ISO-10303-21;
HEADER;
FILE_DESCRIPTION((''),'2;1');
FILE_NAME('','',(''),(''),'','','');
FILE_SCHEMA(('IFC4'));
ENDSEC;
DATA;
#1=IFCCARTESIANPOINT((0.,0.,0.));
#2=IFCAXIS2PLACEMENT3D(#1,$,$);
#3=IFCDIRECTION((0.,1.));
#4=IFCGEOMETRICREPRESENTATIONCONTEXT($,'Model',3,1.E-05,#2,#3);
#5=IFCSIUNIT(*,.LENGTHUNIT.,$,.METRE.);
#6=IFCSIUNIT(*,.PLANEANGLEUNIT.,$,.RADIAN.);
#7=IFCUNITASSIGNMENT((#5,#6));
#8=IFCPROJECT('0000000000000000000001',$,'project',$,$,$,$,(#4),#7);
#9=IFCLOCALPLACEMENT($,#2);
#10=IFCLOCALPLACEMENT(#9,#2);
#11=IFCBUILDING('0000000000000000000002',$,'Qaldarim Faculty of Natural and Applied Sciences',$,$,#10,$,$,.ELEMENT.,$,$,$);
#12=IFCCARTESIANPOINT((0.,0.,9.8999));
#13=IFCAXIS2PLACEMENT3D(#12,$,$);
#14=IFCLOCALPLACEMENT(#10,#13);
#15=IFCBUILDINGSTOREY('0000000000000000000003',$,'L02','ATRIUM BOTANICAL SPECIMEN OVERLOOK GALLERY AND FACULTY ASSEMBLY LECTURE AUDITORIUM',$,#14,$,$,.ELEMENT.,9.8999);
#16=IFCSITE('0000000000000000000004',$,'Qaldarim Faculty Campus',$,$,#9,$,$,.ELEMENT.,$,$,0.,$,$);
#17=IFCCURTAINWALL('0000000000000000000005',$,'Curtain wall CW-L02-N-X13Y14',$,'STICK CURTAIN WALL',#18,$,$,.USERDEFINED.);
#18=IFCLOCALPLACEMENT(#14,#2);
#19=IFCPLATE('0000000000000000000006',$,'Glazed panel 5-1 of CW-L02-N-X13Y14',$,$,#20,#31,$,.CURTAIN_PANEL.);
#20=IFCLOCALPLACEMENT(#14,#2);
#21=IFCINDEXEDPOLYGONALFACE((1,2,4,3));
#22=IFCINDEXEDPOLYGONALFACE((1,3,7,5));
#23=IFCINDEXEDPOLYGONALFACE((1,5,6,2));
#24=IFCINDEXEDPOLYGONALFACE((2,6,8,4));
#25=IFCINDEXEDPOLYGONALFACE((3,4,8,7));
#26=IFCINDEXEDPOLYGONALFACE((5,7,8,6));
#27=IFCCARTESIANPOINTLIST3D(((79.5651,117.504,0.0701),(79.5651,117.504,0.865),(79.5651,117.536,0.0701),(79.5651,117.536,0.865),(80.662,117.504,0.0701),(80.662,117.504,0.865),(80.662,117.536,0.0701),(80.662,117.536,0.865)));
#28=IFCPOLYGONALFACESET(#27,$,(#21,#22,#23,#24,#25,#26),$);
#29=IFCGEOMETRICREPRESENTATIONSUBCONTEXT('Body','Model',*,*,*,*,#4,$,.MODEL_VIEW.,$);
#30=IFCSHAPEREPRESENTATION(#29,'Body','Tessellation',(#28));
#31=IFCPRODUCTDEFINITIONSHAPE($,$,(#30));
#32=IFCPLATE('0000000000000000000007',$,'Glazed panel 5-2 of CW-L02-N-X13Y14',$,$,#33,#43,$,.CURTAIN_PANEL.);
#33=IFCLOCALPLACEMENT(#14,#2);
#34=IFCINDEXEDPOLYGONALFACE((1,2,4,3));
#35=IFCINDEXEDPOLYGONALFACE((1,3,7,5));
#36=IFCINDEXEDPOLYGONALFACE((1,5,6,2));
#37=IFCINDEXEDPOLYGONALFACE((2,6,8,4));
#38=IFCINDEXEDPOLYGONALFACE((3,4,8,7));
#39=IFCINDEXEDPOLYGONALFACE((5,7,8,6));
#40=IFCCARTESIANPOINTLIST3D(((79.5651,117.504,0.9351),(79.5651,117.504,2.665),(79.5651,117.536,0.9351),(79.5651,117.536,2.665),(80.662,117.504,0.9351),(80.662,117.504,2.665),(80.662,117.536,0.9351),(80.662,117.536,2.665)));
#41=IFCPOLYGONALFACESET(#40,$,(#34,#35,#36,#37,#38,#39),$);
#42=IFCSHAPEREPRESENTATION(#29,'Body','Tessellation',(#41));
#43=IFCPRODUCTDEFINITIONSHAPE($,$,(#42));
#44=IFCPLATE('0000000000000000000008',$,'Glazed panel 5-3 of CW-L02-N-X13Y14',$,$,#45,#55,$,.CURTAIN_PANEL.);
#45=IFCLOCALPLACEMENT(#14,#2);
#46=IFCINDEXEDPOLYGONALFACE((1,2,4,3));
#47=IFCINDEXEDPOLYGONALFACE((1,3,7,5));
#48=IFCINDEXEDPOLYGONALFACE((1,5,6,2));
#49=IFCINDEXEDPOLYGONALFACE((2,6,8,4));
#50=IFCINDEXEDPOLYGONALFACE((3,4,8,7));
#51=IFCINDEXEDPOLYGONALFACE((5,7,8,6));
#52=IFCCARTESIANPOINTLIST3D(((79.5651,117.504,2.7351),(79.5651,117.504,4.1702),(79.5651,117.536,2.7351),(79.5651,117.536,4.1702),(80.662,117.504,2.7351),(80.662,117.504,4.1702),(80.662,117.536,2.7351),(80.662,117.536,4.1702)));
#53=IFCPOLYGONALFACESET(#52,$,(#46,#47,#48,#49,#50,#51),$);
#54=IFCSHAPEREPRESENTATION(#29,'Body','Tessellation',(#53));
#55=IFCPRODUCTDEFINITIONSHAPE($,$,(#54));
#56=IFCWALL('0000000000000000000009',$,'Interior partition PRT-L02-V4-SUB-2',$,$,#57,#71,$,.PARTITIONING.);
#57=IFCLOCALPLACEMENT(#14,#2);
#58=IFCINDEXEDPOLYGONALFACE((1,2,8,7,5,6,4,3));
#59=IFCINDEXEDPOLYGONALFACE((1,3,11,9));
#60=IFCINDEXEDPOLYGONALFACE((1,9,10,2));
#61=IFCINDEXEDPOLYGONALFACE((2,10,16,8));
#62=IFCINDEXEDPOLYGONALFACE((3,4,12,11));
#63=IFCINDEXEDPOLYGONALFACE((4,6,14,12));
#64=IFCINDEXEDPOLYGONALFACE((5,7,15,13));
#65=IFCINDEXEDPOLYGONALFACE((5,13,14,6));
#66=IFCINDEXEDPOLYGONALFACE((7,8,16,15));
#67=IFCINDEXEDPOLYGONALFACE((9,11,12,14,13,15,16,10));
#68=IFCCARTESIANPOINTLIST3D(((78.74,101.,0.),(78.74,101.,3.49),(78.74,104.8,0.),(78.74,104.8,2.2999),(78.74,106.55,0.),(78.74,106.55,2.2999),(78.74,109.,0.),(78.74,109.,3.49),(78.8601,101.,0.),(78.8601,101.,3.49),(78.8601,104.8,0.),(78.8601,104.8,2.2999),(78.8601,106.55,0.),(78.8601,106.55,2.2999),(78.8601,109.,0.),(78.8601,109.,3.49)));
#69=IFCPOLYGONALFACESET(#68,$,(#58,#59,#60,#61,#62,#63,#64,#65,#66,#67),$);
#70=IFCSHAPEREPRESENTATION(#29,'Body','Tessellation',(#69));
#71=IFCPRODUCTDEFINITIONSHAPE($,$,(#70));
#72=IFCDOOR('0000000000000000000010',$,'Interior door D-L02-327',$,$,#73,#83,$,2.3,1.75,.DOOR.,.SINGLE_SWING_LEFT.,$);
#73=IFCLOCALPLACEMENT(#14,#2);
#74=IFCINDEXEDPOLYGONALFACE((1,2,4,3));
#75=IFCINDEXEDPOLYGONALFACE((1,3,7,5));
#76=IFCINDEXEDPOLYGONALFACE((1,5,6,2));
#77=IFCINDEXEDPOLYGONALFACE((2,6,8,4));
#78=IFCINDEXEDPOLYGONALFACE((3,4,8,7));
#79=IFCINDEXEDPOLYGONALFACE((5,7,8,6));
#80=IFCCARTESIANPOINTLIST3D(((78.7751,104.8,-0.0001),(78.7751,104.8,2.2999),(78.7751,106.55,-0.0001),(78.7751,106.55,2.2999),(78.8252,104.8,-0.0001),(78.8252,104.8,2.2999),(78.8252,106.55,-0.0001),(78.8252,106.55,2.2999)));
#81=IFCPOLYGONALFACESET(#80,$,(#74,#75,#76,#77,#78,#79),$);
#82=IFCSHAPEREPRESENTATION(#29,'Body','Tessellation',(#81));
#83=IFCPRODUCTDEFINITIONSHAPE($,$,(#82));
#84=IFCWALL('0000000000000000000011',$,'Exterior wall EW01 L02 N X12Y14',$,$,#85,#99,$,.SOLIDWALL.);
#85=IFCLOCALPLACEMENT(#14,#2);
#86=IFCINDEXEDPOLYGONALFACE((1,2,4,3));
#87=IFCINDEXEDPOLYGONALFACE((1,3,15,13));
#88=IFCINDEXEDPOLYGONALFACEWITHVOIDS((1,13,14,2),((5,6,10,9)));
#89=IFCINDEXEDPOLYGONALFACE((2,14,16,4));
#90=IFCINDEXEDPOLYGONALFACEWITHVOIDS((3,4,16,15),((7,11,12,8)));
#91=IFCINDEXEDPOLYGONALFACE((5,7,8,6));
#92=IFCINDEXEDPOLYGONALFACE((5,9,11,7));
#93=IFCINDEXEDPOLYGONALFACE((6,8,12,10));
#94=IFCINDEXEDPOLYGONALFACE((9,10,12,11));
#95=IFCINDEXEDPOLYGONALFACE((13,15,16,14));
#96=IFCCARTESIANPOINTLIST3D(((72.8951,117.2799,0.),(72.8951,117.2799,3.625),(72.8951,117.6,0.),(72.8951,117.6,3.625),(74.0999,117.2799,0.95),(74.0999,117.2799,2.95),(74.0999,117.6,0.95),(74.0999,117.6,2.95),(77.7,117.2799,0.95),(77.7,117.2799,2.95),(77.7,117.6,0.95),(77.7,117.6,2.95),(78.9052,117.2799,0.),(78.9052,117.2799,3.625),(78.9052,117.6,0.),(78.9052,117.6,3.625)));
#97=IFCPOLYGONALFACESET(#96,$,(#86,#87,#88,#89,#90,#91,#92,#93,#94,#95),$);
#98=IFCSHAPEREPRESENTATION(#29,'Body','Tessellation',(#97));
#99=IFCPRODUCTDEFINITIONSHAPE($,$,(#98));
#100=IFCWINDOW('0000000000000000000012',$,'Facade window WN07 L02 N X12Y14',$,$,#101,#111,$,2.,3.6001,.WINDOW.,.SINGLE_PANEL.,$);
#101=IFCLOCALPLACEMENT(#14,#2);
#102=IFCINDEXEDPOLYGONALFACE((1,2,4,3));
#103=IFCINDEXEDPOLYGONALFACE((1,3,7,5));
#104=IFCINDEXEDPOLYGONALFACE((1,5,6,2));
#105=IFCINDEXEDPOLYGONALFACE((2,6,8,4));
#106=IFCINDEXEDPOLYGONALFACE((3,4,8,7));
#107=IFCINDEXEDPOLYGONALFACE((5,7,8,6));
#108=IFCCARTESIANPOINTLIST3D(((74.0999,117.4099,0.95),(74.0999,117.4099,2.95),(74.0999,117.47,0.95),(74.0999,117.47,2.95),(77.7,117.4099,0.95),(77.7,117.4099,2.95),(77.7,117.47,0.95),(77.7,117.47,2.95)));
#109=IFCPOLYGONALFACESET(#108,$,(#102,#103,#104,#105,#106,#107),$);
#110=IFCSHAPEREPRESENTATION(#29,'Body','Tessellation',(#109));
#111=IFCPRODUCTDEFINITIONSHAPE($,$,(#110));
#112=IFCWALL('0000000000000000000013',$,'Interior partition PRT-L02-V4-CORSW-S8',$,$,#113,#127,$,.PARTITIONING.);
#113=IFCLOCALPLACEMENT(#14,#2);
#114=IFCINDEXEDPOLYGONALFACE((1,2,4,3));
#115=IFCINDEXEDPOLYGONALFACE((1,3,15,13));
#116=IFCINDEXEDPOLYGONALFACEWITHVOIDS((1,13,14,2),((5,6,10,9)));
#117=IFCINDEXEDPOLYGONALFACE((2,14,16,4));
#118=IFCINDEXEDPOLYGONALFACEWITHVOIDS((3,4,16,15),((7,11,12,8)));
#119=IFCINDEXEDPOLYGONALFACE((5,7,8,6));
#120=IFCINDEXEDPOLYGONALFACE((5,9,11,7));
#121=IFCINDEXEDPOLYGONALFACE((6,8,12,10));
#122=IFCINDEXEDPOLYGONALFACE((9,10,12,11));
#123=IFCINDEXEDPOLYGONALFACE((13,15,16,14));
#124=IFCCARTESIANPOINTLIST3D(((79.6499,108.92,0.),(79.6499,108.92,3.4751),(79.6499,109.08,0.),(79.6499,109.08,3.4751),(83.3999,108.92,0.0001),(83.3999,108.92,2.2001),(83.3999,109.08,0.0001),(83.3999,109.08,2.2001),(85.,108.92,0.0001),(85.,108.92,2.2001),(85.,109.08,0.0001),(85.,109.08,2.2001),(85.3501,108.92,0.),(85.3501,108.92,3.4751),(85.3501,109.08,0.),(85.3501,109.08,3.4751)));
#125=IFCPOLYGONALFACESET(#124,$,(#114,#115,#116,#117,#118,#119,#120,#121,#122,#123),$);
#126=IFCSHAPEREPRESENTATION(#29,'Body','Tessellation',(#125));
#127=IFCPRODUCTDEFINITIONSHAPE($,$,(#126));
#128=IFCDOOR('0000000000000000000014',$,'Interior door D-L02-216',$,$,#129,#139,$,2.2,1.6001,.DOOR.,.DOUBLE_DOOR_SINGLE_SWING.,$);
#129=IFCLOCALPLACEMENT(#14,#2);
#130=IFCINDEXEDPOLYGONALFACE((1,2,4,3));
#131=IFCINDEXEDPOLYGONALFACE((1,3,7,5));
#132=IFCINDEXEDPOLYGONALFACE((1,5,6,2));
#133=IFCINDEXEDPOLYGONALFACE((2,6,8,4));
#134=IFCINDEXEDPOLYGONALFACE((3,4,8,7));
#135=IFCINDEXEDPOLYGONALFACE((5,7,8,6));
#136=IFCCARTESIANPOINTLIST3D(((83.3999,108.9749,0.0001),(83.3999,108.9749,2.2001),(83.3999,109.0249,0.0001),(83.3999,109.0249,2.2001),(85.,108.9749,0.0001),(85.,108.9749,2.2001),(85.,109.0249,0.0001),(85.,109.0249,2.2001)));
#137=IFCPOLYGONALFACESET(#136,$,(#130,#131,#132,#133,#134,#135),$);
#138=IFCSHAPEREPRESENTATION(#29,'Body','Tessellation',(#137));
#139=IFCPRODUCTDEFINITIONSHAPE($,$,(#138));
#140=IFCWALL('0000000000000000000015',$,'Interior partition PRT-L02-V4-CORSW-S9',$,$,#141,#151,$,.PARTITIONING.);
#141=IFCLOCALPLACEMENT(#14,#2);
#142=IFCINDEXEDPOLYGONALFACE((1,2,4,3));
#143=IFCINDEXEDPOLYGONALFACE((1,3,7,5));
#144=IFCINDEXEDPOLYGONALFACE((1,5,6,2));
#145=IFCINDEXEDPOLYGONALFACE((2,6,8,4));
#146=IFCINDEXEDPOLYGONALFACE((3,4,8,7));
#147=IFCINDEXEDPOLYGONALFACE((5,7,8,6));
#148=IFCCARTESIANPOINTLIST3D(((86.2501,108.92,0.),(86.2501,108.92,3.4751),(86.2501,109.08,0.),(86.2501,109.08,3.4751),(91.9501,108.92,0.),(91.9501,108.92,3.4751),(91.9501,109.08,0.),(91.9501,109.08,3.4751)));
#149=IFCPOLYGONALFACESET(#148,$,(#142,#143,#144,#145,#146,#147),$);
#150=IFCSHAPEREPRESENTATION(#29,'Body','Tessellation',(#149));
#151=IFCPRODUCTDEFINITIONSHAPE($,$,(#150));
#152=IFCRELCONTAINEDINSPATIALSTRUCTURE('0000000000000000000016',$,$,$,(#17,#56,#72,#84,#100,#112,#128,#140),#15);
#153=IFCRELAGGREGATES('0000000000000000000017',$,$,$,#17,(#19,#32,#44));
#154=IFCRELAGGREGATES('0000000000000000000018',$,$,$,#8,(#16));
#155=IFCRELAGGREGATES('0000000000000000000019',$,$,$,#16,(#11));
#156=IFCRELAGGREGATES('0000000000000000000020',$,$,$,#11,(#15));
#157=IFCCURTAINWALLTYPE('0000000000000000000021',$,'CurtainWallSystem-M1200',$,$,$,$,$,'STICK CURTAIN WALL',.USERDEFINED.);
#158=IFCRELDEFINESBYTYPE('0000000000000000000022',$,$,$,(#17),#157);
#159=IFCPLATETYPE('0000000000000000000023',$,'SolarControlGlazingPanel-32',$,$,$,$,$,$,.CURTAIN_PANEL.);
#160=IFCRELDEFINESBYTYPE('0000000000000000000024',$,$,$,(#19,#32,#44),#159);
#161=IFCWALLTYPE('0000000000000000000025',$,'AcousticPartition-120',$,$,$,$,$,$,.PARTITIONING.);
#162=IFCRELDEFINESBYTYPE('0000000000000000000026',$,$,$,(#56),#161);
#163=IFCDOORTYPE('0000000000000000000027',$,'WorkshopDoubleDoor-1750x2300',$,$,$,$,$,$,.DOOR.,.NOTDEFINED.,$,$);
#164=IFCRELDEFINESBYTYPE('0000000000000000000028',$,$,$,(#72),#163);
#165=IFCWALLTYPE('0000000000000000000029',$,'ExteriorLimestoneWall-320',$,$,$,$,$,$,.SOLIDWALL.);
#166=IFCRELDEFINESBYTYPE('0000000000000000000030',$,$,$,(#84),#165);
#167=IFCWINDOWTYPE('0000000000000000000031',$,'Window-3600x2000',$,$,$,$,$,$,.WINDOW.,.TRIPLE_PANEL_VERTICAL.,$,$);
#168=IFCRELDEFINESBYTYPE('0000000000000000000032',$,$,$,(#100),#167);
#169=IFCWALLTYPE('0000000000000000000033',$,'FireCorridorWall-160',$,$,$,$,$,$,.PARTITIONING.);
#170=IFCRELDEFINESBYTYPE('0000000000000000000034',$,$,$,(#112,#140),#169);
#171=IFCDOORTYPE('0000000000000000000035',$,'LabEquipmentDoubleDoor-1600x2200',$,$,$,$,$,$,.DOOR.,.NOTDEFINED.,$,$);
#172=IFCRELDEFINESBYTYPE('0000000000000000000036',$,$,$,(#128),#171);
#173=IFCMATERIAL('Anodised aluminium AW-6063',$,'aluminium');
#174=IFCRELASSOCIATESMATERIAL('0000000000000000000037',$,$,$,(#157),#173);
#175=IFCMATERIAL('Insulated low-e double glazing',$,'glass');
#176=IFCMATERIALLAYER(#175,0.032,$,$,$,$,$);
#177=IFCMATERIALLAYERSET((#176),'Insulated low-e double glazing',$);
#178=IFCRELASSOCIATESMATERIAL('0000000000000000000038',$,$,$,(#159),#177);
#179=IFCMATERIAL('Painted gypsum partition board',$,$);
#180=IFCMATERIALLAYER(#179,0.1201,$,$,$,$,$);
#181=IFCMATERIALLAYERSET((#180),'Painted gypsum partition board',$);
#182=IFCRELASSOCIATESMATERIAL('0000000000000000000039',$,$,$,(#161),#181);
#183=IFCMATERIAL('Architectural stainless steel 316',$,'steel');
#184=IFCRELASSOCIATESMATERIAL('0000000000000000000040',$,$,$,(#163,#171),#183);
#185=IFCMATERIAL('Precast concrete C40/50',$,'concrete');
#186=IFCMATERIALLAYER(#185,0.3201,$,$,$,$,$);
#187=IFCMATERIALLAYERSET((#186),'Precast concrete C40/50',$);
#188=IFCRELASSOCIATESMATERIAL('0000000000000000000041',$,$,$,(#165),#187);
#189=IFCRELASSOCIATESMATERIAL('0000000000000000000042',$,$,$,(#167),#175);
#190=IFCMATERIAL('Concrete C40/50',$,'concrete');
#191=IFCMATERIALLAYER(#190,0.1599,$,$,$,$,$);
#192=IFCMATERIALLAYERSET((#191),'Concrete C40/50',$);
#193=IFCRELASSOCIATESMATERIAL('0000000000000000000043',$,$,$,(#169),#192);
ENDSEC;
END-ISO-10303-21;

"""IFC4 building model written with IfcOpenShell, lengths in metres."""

from ifc_helpers import new_model, si_unit, direction, frame, frame_2d, origin, origin_2d, place, context, subcontext, project, spatial, rectangle, extrude, material, layer, layer_set, type_object, element, fill, aggregate, save


model = new_model("IFC4")

# Units and contexts
model_context = context("Model", 3, precision=1e-05, world=origin(), true_north=direction((0.0, 1.0)))
body_context = subcontext(model_context, "Body", "Model", "MODEL_VIEW")
ifc_project = project(units=[si_unit("LENGTHUNIT", "METRE"), si_unit("PLANEANGLEUNIT", "RADIAN")], contexts=[model_context])

# Site, building, storey
site_placement = place(None, origin())
site = spatial("IfcSite", under=ifc_project, at=site_placement, Name="Qaldarim Faculty Campus", CompositionType="ELEMENT", RefElevation=0.0)
building_placement = place(site_placement, origin())
building = spatial("IfcBuilding", under=site, at=building_placement, Name="Qaldarim Faculty of Natural and Applied Sciences", CompositionType="ELEMENT")
storey_placement = place(building_placement, frame((0.0, 0.0, 9.8999)))
storey = spatial("IfcBuildingStorey", under=building, at=storey_placement, Name="L02", Description="ATRIUM BOTANICAL SPECIMEN OVERLOOK GALLERY AND FACULTY ASSEMBLY LECTURE AUDITORIUM", CompositionType="ELEMENT", Elevation=9.8999)

# Shared definitions
ifc_material_1 = material(Name="Concrete C40/50", Category="concrete")

# Curtain wall
ifc_material_2 = material(Name="Anodised aluminium AW-6063", Category="aluminium")
curtain_wall_type = type_object("IfcCurtainWallType", Name="CurtainWallSystem-M1200", ElementType="STICK CURTAIN WALL", PredefinedType="USERDEFINED", material=ifc_material_2)
curtain_wall_placement = place(storey_placement, origin())
curtain_wall = element("IfcCurtainWall", 1, at=curtain_wall_placement, inside=storey, type_object=curtain_wall_type, Name="Curtain wall CW-L02-N-X13Y14", ObjectType="STICK CURTAIN WALL", PredefinedType="USERDEFINED")

# Plates
ifc_material_3 = material(Name="Insulated low-e double glazing", Category="glass")
ifc_layer_1 = layer(ifc_material_3, 0.032)
ifc_layer_set_1 = layer_set([ifc_layer_1], Name="Insulated low-e double glazing")
plate_type = type_object("IfcPlateType", Name="SolarControlGlazingPanel-32", PredefinedType="CURTAIN_PANEL", material=ifc_layer_set_1)
plate_1_placement = place(storey_placement, frame((80.1135, 117.52, 0.0701), z_axis=(0.0, 0.0, 1.0), x_axis=(-1.0, 0.0, 0.0)))
plate_1 = element("IfcPlate", 2, at=plate_1_placement, type_object=plate_type, Name="Glazed panel 5-1 of CW-L02-N-X13Y14", PredefinedType="CURTAIN_PANEL", context=body_context, shape_type="SweptSolid", body=[
    extrude(rectangle(XDim=1.0969, YDim=0.032, at=origin_2d()), origin(), (0.0, 0.0, 1.0), 0.7949),
])
plate_2_placement = place(storey_placement, frame((80.1135, 117.52, 0.9351), z_axis=(0.0, 0.0, 1.0), x_axis=(-1.0, 0.0, 0.0)))
plate_2 = element("IfcPlate", 3, at=plate_2_placement, type_object=plate_type, Name="Glazed panel 5-2 of CW-L02-N-X13Y14", PredefinedType="CURTAIN_PANEL", context=body_context, shape_type="SweptSolid", body=[
    extrude(rectangle(XDim=1.0969, YDim=0.032, at=origin_2d()), origin(), (0.0, 0.0, 1.0), 1.73),
])
plate_3_placement = place(storey_placement, frame((80.1135, 117.52, 2.7351), z_axis=(0.0, 0.0, 1.0), x_axis=(-1.0, 0.0, 0.0)))
plate_3 = element("IfcPlate", 4, at=plate_3_placement, type_object=plate_type, Name="Glazed panel 5-3 of CW-L02-N-X13Y14", PredefinedType="CURTAIN_PANEL", context=body_context, shape_type="SweptSolid", body=[
    extrude(rectangle(XDim=1.0969, YDim=0.032, at=origin_2d()), origin(), (0.0, 0.0, 1.0), 1.4351),
])
aggregate(curtain_wall, [plate_1, plate_2, plate_3])

# Wall, opening, door
ifc_material_4 = material(Name="Painted gypsum partition board")
ifc_layer_2 = layer(ifc_material_4, 0.1201)
ifc_layer_set_2 = layer_set([ifc_layer_2], Name="Painted gypsum partition board")
wall_type_1 = type_object("IfcWallType", Name="AcousticPartition-120", PredefinedType="PARTITIONING", material=ifc_layer_set_2)
wall_1_placement = place(storey_placement, frame((78.8, 101.0, 0.0), z_axis=(0.0, 0.0, 1.0), x_axis=(0.0, 1.0, 0.0)))
wall_1 = element("IfcWall", 5, at=wall_1_placement, inside=storey, type_object=wall_type_1, Name="Interior partition PRT-L02-V4-SUB-2", PredefinedType="PARTITIONING", context=body_context, shape_type="SweptSolid", body=[
    extrude(rectangle(XDim=8.0, YDim=0.1201, at=frame_2d((4.0, 0.0))), origin(), (0.0, 0.0, 1.0), 3.49),
])
opening_1_placement = place(wall_1_placement, frame((3.8, 0.0, 0.0)))
opening_1 = element("IfcOpeningElement", 6, at=opening_1_placement, cuts=wall_1, PredefinedType="OPENING", context=body_context, shape_type="SweptSolid", body=[
    extrude(rectangle(XDim=1.75, YDim=2.3, at=frame_2d((0.875, 1.1499))), frame((0.0, 0.0701, 0.0), z_axis=(0.0, -1.0, 0.0), x_axis=(1.0, 0.0, 0.0)), (0.0, 0.0, 1.0), 0.1401),
])
ifc_material_5 = material(Name="Architectural stainless steel 316", Category="steel")
door_type_1 = type_object("IfcDoorType", Name="WorkshopDoubleDoor-1750x2300", OperationType="NOTDEFINED", PredefinedType="DOOR", material=ifc_material_5)
door_1_placement = place(opening_1_placement, origin())
door_1 = element("IfcDoor", 7, at=door_1_placement, inside=storey, type_object=door_type_1, Name="Interior door D-L02-327", OperationType="SINGLE_SWING_LEFT", OverallHeight=2.3, OverallWidth=1.75, PredefinedType="DOOR", context=body_context, shape_type="SweptSolid", body=[
    extrude(rectangle(XDim=1.75, YDim=2.3, at=frame_2d((0.875, 1.1499))), frame((0.0, 0.0249, 0.0), z_axis=(0.0, -1.0, 0.0), x_axis=(1.0, 0.0, 0.0)), (0.0, 0.0, 1.0), 0.05),
])
fill(opening_1, door_1)

# Wall, opening, window
ifc_material_6 = material(Name="Precast concrete C40/50", Category="concrete")
ifc_layer_3 = layer(ifc_material_6, 0.3201)
ifc_layer_set_3 = layer_set([ifc_layer_3], Name="Precast concrete C40/50")
wall_type_2 = type_object("IfcWallType", Name="ExteriorLimestoneWall-320", PredefinedType="SOLIDWALL", material=ifc_layer_set_3)
wall_2_placement = place(storey_placement, frame((78.905, 117.4399, 0.0), z_axis=(0.0, 0.0, 1.0), x_axis=(-1.0, 0.0, 0.0)))
wall_2 = element("IfcWall", 8, at=wall_2_placement, inside=storey, type_object=wall_type_2, Name="Exterior wall EW01 L02 N X12Y14", PredefinedType="SOLIDWALL", context=body_context, shape_type="SweptSolid", body=[
    extrude(rectangle(XDim=6.01, YDim=0.3201, at=frame_2d((3.0049, 0.0))), origin(), (0.0, 0.0, 1.0), 3.625),
])
opening_2_placement = place(wall_2_placement, frame((1.2051, 0.0, 0.95)))
opening_2 = element("IfcOpeningElement", 9, at=opening_2_placement, cuts=wall_2, PredefinedType="OPENING", context=body_context, shape_type="SweptSolid", body=[
    extrude(rectangle(XDim=3.6001, YDim=2.0, at=frame_2d((1.8, 1.0))), frame((0.0, 0.1699, 0.0), z_axis=(0.0, -1.0, 0.0), x_axis=(1.0, 0.0, 0.0)), (0.0, 0.0, 1.0), 0.3401),
])
window_type = type_object("IfcWindowType", Name="Window-3600x2000", PartitioningType="TRIPLE_PANEL_VERTICAL", PredefinedType="WINDOW", material=ifc_material_3)
window_placement = place(opening_2_placement, origin())
window = element("IfcWindow", 10, at=window_placement, inside=storey, type_object=window_type, Name="Facade window WN07 L02 N X12Y14", OverallHeight=2.0, OverallWidth=3.6001, PartitioningType="SINGLE_PANEL", PredefinedType="WINDOW", context=body_context, shape_type="SweptSolid", body=[
    extrude(rectangle(XDim=3.6001, YDim=2.0, at=frame_2d((1.8, 1.0))), frame((0.0, 0.03, 0.0), z_axis=(0.0, -1.0, 0.0), x_axis=(1.0, 0.0, 0.0)), (0.0, 0.0, 1.0), 0.0601),
])
fill(opening_2, window)

# Wall, opening, door
ifc_layer_4 = layer(ifc_material_1, 0.1599)
ifc_layer_set_4 = layer_set([ifc_layer_4], Name="Concrete C40/50")
wall_type_3 = type_object("IfcWallType", Name="FireCorridorWall-160", PredefinedType="PARTITIONING", material=ifc_layer_set_4)
wall_3_placement = place(storey_placement, frame((79.6499, 109.0, 0.0), z_axis=(0.0, 0.0, 1.0), x_axis=(1.0, 0.0, 0.0)))
wall_3 = element("IfcWall", 11, at=wall_3_placement, inside=storey, type_object=wall_type_3, Name="Interior partition PRT-L02-V4-CORSW-S8", PredefinedType="PARTITIONING", context=body_context, shape_type="SweptSolid", body=[
    extrude(rectangle(XDim=5.7002, YDim=0.1599, at=frame_2d((2.8501, 0.0))), origin(), (0.0, 0.0, 1.0), 3.4751),
])
opening_3_placement = place(wall_3_placement, frame((3.75, 0.0, 0.0)))
opening_3 = element("IfcOpeningElement", 12, at=opening_3_placement, cuts=wall_3, PredefinedType="OPENING", context=body_context, shape_type="SweptSolid", body=[
    extrude(rectangle(XDim=1.6001, YDim=2.2, at=frame_2d((0.8, 1.1001))), frame((0.0, 0.0898, 0.0), z_axis=(0.0, -1.0, 0.0), x_axis=(1.0, 0.0, 0.0)), (0.0, 0.0, 1.0), 0.1799),
])
door_type_2 = type_object("IfcDoorType", Name="LabEquipmentDoubleDoor-1600x2200", OperationType="NOTDEFINED", PredefinedType="DOOR", material=ifc_material_5)
door_2_placement = place(opening_3_placement, origin())
door_2 = element("IfcDoor", 13, at=door_2_placement, inside=storey, type_object=door_type_2, Name="Interior door D-L02-216", OperationType="DOUBLE_DOOR_SINGLE_SWING", OverallHeight=2.2, OverallWidth=1.6001, PredefinedType="DOOR", context=body_context, shape_type="SweptSolid", body=[
    extrude(rectangle(XDim=1.6001, YDim=2.2, at=frame_2d((0.8, 1.1001))), frame((0.0, 0.0249, 0.0), z_axis=(0.0, -1.0, 0.0), x_axis=(1.0, 0.0, 0.0)), (0.0, 0.0, 1.0), 0.05),
])
fill(opening_3, door_2)

# Wall
wall_4_placement = place(storey_placement, frame((86.25, 109.0, 0.0), z_axis=(0.0, 0.0, 1.0), x_axis=(1.0, 0.0, 0.0)))
element("IfcWall", 14, at=wall_4_placement, inside=storey, type_object=wall_type_3, Name="Interior partition PRT-L02-V4-CORSW-S9", PredefinedType="PARTITIONING", context=body_context, shape_type="SweptSolid", body=[
    extrude(rectangle(XDim=5.7, YDim=0.1599, at=frame_2d((2.8501, 0.0))), origin(), (0.0, 0.0, 1.0), 3.4751),
])

save(model, "model.ifc")
